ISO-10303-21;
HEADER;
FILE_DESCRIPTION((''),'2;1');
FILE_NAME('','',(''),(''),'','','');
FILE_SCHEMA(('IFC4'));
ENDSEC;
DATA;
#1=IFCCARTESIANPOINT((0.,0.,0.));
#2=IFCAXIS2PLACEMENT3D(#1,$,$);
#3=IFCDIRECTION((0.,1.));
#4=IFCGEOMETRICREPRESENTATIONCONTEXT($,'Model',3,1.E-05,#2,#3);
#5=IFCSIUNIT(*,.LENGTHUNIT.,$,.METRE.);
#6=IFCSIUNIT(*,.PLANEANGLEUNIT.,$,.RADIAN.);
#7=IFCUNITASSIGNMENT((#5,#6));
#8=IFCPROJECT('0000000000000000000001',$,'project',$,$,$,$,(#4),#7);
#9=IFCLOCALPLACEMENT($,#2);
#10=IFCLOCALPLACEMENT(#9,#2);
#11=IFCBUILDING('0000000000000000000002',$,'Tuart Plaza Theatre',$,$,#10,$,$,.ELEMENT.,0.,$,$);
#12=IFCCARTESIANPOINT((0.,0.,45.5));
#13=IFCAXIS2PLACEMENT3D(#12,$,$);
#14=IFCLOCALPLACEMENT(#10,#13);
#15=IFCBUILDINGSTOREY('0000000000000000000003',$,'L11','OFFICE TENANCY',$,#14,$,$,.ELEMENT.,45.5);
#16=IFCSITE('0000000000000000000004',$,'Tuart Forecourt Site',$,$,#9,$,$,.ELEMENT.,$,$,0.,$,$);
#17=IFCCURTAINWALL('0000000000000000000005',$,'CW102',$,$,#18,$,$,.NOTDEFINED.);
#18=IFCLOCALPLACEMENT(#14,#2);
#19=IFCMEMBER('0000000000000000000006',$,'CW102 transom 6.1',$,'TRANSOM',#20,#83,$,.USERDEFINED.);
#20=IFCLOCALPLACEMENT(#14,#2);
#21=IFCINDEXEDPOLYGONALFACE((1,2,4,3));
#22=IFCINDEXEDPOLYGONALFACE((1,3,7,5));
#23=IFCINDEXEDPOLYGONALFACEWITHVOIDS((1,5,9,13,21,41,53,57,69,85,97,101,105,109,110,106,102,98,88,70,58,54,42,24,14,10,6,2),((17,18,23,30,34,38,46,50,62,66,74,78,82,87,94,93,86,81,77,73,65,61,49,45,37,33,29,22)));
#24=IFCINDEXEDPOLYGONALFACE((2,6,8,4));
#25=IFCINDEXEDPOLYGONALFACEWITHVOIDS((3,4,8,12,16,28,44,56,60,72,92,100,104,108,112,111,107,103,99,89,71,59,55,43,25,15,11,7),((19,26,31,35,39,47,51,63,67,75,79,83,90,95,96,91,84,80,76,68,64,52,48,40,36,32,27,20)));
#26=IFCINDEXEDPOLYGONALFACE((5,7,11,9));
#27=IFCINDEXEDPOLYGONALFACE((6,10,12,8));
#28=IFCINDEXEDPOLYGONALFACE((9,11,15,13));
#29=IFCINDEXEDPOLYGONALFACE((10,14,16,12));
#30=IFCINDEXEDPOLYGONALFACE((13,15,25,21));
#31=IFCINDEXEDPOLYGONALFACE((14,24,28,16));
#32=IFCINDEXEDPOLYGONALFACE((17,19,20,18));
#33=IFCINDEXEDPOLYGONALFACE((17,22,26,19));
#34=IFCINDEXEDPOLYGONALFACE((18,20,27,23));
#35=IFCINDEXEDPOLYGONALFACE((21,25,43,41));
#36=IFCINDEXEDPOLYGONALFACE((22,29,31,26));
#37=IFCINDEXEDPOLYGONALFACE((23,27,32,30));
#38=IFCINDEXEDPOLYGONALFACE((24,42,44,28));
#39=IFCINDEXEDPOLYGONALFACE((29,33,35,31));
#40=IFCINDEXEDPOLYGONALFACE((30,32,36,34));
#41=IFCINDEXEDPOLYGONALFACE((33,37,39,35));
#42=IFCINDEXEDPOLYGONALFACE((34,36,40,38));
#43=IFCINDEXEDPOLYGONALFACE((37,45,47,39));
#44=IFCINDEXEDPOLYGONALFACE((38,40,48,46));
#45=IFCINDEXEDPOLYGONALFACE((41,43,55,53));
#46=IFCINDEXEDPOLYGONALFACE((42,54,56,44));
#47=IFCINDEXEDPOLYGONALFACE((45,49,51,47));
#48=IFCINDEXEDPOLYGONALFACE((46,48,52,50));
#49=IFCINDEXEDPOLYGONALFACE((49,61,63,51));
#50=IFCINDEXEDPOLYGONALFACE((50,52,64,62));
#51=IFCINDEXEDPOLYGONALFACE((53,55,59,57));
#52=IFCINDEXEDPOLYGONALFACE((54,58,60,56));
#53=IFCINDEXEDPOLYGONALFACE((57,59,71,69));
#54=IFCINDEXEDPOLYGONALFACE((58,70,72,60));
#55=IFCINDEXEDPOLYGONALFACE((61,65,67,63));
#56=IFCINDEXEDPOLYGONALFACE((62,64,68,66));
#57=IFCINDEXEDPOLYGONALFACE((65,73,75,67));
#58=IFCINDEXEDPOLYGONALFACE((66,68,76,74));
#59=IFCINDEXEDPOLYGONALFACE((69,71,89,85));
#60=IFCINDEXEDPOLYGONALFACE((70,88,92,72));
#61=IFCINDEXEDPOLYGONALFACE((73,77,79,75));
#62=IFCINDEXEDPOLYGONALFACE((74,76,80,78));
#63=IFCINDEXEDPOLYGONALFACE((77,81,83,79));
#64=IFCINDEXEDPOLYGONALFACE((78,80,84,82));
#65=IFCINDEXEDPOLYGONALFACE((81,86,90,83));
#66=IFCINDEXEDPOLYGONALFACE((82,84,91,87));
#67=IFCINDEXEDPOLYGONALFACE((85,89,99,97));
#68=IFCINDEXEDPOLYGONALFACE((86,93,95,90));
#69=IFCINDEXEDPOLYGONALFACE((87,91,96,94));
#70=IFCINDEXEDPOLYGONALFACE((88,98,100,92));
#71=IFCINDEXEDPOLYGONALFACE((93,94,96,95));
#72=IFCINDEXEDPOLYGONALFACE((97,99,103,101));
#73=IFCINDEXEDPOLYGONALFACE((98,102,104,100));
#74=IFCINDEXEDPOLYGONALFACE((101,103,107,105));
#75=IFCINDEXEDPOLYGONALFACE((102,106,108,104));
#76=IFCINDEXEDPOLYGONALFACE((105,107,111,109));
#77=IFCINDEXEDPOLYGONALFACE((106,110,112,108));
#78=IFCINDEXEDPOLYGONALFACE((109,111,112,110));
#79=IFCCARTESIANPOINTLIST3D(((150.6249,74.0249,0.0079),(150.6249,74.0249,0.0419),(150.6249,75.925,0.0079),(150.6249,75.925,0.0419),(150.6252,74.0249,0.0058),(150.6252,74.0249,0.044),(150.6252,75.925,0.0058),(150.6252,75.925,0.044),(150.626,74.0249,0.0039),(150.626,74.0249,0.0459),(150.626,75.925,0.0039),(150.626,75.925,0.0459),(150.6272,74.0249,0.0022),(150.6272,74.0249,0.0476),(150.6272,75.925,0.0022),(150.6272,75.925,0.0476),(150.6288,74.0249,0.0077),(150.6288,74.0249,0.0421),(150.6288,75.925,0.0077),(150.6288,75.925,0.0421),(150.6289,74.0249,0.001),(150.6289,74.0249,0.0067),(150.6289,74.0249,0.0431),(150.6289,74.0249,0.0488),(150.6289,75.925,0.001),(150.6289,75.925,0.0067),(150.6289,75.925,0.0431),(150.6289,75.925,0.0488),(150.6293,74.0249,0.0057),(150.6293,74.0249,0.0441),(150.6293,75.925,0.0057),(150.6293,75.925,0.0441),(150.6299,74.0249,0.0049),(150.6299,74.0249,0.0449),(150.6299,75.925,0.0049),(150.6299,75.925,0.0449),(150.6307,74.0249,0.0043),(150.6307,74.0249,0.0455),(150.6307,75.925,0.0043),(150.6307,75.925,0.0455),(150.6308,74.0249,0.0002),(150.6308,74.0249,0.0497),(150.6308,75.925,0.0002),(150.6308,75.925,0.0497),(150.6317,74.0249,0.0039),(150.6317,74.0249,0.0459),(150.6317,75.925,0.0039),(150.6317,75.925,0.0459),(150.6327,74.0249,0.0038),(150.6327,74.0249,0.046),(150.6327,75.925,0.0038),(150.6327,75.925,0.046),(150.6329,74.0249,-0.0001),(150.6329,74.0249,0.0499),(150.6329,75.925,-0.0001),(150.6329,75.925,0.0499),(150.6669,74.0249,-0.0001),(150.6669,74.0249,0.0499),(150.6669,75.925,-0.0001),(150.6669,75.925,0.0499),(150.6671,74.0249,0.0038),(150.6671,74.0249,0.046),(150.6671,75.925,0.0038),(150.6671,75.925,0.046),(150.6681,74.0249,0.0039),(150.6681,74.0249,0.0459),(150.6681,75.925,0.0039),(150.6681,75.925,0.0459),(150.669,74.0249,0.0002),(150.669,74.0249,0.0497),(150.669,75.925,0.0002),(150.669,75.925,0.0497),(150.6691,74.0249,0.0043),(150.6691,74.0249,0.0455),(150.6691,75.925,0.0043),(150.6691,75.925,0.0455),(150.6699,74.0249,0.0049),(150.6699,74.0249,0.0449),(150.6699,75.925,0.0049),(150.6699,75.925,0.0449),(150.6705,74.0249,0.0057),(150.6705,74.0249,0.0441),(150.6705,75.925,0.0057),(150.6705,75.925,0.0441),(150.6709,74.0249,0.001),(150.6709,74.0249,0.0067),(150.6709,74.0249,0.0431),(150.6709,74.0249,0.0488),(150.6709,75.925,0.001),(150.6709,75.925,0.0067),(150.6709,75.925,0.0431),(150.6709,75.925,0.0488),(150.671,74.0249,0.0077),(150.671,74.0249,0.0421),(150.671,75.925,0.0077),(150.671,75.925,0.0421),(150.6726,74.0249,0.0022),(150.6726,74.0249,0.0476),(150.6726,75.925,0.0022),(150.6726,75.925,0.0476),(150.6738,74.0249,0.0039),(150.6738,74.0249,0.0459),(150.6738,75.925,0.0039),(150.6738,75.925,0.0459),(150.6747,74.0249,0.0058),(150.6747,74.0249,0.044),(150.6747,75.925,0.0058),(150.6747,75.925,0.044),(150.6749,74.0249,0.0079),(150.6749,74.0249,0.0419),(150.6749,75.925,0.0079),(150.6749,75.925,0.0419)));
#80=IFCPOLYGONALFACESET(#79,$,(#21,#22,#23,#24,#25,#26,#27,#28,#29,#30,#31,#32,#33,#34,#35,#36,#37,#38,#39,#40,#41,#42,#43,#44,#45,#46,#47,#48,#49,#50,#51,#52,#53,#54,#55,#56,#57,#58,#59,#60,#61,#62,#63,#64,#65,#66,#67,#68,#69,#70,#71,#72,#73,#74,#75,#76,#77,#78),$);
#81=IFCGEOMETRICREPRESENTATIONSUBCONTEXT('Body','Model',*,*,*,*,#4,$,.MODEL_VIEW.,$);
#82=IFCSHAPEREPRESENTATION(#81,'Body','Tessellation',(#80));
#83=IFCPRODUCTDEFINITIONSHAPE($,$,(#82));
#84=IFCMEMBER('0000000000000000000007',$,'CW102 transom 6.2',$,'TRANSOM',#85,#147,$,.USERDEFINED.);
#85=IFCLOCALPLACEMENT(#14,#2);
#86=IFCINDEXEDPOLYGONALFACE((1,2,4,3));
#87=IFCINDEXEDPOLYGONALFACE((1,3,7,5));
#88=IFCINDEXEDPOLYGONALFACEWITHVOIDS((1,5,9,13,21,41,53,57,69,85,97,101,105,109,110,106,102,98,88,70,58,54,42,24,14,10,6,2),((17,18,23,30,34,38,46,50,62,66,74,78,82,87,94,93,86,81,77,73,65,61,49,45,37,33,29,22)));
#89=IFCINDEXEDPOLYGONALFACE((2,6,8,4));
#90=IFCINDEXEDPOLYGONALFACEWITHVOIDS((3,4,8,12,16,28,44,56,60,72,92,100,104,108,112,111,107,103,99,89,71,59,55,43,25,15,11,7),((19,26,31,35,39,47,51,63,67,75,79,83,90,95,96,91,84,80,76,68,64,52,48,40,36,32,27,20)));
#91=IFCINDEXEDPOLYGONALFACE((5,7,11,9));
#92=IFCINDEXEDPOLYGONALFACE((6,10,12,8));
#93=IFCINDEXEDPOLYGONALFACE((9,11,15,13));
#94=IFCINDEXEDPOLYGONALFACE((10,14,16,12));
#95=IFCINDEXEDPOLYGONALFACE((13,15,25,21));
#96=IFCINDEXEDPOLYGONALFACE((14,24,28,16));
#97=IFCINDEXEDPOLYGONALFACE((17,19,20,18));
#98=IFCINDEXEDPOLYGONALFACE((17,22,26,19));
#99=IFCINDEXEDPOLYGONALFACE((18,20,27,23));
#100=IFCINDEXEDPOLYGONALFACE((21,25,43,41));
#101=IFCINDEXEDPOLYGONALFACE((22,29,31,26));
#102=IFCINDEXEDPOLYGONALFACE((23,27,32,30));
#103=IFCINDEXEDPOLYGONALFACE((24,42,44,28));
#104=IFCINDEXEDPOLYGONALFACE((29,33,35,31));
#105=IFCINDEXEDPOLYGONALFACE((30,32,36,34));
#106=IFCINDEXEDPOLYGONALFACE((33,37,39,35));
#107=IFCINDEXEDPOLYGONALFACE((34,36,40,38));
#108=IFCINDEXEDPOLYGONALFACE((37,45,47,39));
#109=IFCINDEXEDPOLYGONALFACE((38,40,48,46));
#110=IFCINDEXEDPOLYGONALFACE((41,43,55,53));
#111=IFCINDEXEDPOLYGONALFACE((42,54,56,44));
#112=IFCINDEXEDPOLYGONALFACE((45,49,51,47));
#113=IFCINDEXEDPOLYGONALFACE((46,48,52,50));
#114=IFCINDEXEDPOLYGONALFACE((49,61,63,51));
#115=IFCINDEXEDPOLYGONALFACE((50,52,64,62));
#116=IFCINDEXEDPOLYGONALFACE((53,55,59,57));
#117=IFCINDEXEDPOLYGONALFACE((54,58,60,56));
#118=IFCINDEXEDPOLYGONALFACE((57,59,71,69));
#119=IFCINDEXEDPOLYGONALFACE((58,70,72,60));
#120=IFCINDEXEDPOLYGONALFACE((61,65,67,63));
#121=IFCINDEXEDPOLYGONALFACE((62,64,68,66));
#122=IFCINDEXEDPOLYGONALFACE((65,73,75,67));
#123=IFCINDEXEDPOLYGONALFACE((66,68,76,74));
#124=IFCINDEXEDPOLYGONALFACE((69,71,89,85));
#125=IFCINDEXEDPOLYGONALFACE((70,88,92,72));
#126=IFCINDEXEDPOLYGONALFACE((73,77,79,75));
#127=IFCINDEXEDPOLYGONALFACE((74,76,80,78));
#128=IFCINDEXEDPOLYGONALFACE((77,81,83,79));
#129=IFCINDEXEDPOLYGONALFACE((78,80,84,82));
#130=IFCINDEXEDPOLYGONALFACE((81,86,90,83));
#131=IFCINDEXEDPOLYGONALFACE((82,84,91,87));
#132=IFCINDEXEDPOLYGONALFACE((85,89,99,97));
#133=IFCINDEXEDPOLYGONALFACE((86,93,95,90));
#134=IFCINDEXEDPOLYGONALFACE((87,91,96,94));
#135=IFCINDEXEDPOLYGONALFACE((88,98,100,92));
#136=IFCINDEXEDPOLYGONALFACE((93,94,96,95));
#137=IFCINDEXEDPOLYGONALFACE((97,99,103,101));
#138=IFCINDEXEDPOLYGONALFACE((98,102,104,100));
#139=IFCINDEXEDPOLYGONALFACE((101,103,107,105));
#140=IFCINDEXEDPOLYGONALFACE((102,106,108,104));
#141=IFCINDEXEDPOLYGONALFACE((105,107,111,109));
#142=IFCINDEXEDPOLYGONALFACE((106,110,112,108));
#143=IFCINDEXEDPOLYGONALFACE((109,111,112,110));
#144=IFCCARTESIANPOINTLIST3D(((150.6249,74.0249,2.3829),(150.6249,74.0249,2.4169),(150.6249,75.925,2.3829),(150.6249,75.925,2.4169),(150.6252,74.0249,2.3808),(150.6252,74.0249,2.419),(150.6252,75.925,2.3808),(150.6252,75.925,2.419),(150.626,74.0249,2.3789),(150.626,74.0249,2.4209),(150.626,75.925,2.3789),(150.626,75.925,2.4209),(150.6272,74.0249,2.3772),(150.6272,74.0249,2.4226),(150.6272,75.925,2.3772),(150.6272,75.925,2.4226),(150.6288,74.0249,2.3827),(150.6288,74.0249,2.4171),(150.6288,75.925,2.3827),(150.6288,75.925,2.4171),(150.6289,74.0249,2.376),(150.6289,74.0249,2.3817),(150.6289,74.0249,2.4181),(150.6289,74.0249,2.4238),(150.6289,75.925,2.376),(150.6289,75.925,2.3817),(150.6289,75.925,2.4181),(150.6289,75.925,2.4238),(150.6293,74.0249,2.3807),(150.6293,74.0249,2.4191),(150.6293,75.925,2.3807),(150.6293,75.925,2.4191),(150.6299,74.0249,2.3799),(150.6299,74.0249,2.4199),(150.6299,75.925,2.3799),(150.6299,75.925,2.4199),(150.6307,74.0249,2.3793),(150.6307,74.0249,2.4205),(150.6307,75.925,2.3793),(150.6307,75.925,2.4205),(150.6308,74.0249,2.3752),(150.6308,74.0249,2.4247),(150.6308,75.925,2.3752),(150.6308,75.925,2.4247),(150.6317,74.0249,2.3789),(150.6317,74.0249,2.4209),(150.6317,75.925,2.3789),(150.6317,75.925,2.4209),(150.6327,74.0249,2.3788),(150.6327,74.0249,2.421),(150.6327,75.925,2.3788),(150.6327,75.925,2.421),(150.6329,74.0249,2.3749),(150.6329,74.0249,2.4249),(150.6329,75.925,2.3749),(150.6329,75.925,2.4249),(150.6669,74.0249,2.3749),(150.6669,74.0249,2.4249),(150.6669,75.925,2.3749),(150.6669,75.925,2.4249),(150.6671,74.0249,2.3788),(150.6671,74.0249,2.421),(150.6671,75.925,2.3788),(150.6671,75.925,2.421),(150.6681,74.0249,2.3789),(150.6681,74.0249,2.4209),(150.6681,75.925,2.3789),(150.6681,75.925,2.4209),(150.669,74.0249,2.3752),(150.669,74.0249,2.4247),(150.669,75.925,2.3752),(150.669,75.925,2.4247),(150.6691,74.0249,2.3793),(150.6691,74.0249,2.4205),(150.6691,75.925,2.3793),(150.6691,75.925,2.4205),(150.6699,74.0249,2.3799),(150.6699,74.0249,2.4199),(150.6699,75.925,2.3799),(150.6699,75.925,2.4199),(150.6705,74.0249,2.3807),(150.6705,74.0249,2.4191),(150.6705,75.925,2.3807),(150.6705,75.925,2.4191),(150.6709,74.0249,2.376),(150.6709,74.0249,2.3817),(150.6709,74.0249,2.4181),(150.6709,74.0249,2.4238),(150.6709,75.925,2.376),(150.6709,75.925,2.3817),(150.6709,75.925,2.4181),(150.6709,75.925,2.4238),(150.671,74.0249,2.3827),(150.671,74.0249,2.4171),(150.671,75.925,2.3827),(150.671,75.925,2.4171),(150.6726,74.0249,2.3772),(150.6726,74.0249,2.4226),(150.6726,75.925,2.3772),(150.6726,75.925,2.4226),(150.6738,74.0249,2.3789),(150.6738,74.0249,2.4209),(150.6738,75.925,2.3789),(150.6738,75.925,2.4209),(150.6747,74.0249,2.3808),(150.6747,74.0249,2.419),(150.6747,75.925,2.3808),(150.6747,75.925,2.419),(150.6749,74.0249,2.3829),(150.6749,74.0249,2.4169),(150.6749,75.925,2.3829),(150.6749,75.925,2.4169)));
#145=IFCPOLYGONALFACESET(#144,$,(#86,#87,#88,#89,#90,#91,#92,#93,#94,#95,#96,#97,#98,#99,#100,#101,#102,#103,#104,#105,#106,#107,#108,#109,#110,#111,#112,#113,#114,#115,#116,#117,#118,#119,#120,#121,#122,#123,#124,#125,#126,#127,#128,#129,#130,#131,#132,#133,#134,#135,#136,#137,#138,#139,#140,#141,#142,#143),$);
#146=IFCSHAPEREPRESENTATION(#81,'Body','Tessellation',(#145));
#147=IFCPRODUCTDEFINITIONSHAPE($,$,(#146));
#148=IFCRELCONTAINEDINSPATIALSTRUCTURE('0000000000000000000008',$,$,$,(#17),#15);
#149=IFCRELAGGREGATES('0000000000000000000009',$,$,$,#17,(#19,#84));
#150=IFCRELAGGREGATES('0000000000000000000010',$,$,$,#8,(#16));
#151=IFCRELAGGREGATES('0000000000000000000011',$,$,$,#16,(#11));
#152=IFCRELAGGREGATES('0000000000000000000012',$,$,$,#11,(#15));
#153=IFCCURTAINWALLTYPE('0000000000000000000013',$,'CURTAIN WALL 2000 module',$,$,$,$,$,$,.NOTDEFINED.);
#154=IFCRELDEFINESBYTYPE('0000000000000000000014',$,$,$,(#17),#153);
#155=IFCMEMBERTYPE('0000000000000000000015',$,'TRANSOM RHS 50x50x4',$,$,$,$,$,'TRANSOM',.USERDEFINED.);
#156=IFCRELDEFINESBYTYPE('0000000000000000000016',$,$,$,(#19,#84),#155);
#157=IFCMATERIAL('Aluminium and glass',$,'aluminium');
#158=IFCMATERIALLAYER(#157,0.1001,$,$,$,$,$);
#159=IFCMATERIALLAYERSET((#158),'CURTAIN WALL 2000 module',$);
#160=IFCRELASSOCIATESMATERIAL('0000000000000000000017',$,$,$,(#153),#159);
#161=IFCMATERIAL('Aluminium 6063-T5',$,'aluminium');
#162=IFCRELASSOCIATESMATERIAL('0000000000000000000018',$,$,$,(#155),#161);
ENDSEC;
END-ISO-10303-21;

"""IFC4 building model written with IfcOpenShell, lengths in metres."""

from ifc_helpers import new_model, si_unit, direction, frame, origin, origin_2d, place, context, subcontext, project, spatial, hollow_rectangle, extrude, material, layer, layer_set, material_profile, profile_set, type_object, element, aggregate, save


model = new_model("IFC4")

# Units and contexts
model_context = context("Model", 3, precision=1e-05, world=origin(), true_north=direction((0.0, 1.0)))
body_context = subcontext(model_context, "Body", "Model", "MODEL_VIEW")
ifc_project = project(units=[si_unit("LENGTHUNIT", "METRE"), si_unit("PLANEANGLEUNIT", "RADIAN")], contexts=[model_context])

# Site, building, storey
site_placement = place(None, origin())
site = spatial("IfcSite", under=ifc_project, at=site_placement, Name="Tuart Forecourt Site", CompositionType="ELEMENT", RefElevation=0.0)
building_placement = place(site_placement, origin())
building = spatial("IfcBuilding", under=site, at=building_placement, Name="Tuart Plaza Theatre", CompositionType="ELEMENT", ElevationOfRefHeight=0.0)
storey_placement = place(building_placement, frame((0.0, 0.0, 45.5)))
storey = spatial("IfcBuildingStorey", under=building, at=storey_placement, Name="L11", Description="OFFICE TENANCY", CompositionType="ELEMENT", Elevation=45.5)

# Curtain wall, members
ifc_material_1 = material(Name="Aluminium and glass", Category="aluminium")
ifc_layer_1 = layer(ifc_material_1, 0.1001)
ifc_layer_set_1 = layer_set([ifc_layer_1], Name="CURTAIN WALL 2000 module")
curtain_wall_type = type_object("IfcCurtainWallType", Name="CURTAIN WALL 2000 module", PredefinedType="NOTDEFINED", material=ifc_layer_set_1)
curtain_wall_placement = place(storey_placement, origin())
curtain_wall = element("IfcCurtainWall", 1, at=curtain_wall_placement, inside=storey, type_object=curtain_wall_type, Name="CW102", PredefinedType="NOTDEFINED")
ifc_material_2 = material(Name="Aluminium 6063-T5", Category="aluminium")
ifc_material_profile_1 = material_profile(ifc_material_2, hollow_rectangle(XDim=0.05, YDim=0.05, WallThickness=0.0039, InnerFilletRadius=0.0039, OuterFilletRadius=0.0081, at=origin_2d()), Name="RHS 50x50x4")
ifc_profile_set_1 = profile_set([ifc_material_profile_1], Name="Aluminium 6063-T5")
member_type_1 = type_object("IfcMemberType", Name="TRANSOM RHS 50x50x4", ElementType="TRANSOM", PredefinedType="USERDEFINED", material=ifc_profile_set_1)
member_1_placement = place(storey_placement, frame((150.6499, 74.0249, 0.0249), z_axis=(0.0, 1.0, 0.0), x_axis=(-1.0, 0.0, 0.0)))
member_1 = element("IfcMember", 2, at=member_1_placement, type_object=member_type_1, Name="CW102 transom 6.1", ObjectType="TRANSOM", PredefinedType="USERDEFINED", context=body_context, shape_type="SweptSolid", body=[
    extrude(hollow_rectangle(XDim=0.05, YDim=0.05, WallThickness=0.0039, InnerFilletRadius=0.0039, OuterFilletRadius=0.0081, at=origin_2d()), origin(), (0.0, 0.0, 1.0), 1.9001),
])
member_2_placement = place(storey_placement, frame((150.6499, 74.0249, 2.3999), z_axis=(0.0, 1.0, 0.0), x_axis=(-1.0, 0.0, 0.0)))
member_2 = element("IfcMember", 3, at=member_2_placement, type_object=member_type_1, Name="CW102 transom 6.2", ObjectType="TRANSOM", PredefinedType="USERDEFINED", context=body_context, shape_type="SweptSolid", body=[
    extrude(hollow_rectangle(XDim=0.05, YDim=0.05, WallThickness=0.0039, InnerFilletRadius=0.0039, OuterFilletRadius=0.0081, at=origin_2d()), origin(), (0.0, 0.0, 1.0), 1.9001),
])
aggregate(curtain_wall, [member_1, member_2])

save(model, "model.ifc")
